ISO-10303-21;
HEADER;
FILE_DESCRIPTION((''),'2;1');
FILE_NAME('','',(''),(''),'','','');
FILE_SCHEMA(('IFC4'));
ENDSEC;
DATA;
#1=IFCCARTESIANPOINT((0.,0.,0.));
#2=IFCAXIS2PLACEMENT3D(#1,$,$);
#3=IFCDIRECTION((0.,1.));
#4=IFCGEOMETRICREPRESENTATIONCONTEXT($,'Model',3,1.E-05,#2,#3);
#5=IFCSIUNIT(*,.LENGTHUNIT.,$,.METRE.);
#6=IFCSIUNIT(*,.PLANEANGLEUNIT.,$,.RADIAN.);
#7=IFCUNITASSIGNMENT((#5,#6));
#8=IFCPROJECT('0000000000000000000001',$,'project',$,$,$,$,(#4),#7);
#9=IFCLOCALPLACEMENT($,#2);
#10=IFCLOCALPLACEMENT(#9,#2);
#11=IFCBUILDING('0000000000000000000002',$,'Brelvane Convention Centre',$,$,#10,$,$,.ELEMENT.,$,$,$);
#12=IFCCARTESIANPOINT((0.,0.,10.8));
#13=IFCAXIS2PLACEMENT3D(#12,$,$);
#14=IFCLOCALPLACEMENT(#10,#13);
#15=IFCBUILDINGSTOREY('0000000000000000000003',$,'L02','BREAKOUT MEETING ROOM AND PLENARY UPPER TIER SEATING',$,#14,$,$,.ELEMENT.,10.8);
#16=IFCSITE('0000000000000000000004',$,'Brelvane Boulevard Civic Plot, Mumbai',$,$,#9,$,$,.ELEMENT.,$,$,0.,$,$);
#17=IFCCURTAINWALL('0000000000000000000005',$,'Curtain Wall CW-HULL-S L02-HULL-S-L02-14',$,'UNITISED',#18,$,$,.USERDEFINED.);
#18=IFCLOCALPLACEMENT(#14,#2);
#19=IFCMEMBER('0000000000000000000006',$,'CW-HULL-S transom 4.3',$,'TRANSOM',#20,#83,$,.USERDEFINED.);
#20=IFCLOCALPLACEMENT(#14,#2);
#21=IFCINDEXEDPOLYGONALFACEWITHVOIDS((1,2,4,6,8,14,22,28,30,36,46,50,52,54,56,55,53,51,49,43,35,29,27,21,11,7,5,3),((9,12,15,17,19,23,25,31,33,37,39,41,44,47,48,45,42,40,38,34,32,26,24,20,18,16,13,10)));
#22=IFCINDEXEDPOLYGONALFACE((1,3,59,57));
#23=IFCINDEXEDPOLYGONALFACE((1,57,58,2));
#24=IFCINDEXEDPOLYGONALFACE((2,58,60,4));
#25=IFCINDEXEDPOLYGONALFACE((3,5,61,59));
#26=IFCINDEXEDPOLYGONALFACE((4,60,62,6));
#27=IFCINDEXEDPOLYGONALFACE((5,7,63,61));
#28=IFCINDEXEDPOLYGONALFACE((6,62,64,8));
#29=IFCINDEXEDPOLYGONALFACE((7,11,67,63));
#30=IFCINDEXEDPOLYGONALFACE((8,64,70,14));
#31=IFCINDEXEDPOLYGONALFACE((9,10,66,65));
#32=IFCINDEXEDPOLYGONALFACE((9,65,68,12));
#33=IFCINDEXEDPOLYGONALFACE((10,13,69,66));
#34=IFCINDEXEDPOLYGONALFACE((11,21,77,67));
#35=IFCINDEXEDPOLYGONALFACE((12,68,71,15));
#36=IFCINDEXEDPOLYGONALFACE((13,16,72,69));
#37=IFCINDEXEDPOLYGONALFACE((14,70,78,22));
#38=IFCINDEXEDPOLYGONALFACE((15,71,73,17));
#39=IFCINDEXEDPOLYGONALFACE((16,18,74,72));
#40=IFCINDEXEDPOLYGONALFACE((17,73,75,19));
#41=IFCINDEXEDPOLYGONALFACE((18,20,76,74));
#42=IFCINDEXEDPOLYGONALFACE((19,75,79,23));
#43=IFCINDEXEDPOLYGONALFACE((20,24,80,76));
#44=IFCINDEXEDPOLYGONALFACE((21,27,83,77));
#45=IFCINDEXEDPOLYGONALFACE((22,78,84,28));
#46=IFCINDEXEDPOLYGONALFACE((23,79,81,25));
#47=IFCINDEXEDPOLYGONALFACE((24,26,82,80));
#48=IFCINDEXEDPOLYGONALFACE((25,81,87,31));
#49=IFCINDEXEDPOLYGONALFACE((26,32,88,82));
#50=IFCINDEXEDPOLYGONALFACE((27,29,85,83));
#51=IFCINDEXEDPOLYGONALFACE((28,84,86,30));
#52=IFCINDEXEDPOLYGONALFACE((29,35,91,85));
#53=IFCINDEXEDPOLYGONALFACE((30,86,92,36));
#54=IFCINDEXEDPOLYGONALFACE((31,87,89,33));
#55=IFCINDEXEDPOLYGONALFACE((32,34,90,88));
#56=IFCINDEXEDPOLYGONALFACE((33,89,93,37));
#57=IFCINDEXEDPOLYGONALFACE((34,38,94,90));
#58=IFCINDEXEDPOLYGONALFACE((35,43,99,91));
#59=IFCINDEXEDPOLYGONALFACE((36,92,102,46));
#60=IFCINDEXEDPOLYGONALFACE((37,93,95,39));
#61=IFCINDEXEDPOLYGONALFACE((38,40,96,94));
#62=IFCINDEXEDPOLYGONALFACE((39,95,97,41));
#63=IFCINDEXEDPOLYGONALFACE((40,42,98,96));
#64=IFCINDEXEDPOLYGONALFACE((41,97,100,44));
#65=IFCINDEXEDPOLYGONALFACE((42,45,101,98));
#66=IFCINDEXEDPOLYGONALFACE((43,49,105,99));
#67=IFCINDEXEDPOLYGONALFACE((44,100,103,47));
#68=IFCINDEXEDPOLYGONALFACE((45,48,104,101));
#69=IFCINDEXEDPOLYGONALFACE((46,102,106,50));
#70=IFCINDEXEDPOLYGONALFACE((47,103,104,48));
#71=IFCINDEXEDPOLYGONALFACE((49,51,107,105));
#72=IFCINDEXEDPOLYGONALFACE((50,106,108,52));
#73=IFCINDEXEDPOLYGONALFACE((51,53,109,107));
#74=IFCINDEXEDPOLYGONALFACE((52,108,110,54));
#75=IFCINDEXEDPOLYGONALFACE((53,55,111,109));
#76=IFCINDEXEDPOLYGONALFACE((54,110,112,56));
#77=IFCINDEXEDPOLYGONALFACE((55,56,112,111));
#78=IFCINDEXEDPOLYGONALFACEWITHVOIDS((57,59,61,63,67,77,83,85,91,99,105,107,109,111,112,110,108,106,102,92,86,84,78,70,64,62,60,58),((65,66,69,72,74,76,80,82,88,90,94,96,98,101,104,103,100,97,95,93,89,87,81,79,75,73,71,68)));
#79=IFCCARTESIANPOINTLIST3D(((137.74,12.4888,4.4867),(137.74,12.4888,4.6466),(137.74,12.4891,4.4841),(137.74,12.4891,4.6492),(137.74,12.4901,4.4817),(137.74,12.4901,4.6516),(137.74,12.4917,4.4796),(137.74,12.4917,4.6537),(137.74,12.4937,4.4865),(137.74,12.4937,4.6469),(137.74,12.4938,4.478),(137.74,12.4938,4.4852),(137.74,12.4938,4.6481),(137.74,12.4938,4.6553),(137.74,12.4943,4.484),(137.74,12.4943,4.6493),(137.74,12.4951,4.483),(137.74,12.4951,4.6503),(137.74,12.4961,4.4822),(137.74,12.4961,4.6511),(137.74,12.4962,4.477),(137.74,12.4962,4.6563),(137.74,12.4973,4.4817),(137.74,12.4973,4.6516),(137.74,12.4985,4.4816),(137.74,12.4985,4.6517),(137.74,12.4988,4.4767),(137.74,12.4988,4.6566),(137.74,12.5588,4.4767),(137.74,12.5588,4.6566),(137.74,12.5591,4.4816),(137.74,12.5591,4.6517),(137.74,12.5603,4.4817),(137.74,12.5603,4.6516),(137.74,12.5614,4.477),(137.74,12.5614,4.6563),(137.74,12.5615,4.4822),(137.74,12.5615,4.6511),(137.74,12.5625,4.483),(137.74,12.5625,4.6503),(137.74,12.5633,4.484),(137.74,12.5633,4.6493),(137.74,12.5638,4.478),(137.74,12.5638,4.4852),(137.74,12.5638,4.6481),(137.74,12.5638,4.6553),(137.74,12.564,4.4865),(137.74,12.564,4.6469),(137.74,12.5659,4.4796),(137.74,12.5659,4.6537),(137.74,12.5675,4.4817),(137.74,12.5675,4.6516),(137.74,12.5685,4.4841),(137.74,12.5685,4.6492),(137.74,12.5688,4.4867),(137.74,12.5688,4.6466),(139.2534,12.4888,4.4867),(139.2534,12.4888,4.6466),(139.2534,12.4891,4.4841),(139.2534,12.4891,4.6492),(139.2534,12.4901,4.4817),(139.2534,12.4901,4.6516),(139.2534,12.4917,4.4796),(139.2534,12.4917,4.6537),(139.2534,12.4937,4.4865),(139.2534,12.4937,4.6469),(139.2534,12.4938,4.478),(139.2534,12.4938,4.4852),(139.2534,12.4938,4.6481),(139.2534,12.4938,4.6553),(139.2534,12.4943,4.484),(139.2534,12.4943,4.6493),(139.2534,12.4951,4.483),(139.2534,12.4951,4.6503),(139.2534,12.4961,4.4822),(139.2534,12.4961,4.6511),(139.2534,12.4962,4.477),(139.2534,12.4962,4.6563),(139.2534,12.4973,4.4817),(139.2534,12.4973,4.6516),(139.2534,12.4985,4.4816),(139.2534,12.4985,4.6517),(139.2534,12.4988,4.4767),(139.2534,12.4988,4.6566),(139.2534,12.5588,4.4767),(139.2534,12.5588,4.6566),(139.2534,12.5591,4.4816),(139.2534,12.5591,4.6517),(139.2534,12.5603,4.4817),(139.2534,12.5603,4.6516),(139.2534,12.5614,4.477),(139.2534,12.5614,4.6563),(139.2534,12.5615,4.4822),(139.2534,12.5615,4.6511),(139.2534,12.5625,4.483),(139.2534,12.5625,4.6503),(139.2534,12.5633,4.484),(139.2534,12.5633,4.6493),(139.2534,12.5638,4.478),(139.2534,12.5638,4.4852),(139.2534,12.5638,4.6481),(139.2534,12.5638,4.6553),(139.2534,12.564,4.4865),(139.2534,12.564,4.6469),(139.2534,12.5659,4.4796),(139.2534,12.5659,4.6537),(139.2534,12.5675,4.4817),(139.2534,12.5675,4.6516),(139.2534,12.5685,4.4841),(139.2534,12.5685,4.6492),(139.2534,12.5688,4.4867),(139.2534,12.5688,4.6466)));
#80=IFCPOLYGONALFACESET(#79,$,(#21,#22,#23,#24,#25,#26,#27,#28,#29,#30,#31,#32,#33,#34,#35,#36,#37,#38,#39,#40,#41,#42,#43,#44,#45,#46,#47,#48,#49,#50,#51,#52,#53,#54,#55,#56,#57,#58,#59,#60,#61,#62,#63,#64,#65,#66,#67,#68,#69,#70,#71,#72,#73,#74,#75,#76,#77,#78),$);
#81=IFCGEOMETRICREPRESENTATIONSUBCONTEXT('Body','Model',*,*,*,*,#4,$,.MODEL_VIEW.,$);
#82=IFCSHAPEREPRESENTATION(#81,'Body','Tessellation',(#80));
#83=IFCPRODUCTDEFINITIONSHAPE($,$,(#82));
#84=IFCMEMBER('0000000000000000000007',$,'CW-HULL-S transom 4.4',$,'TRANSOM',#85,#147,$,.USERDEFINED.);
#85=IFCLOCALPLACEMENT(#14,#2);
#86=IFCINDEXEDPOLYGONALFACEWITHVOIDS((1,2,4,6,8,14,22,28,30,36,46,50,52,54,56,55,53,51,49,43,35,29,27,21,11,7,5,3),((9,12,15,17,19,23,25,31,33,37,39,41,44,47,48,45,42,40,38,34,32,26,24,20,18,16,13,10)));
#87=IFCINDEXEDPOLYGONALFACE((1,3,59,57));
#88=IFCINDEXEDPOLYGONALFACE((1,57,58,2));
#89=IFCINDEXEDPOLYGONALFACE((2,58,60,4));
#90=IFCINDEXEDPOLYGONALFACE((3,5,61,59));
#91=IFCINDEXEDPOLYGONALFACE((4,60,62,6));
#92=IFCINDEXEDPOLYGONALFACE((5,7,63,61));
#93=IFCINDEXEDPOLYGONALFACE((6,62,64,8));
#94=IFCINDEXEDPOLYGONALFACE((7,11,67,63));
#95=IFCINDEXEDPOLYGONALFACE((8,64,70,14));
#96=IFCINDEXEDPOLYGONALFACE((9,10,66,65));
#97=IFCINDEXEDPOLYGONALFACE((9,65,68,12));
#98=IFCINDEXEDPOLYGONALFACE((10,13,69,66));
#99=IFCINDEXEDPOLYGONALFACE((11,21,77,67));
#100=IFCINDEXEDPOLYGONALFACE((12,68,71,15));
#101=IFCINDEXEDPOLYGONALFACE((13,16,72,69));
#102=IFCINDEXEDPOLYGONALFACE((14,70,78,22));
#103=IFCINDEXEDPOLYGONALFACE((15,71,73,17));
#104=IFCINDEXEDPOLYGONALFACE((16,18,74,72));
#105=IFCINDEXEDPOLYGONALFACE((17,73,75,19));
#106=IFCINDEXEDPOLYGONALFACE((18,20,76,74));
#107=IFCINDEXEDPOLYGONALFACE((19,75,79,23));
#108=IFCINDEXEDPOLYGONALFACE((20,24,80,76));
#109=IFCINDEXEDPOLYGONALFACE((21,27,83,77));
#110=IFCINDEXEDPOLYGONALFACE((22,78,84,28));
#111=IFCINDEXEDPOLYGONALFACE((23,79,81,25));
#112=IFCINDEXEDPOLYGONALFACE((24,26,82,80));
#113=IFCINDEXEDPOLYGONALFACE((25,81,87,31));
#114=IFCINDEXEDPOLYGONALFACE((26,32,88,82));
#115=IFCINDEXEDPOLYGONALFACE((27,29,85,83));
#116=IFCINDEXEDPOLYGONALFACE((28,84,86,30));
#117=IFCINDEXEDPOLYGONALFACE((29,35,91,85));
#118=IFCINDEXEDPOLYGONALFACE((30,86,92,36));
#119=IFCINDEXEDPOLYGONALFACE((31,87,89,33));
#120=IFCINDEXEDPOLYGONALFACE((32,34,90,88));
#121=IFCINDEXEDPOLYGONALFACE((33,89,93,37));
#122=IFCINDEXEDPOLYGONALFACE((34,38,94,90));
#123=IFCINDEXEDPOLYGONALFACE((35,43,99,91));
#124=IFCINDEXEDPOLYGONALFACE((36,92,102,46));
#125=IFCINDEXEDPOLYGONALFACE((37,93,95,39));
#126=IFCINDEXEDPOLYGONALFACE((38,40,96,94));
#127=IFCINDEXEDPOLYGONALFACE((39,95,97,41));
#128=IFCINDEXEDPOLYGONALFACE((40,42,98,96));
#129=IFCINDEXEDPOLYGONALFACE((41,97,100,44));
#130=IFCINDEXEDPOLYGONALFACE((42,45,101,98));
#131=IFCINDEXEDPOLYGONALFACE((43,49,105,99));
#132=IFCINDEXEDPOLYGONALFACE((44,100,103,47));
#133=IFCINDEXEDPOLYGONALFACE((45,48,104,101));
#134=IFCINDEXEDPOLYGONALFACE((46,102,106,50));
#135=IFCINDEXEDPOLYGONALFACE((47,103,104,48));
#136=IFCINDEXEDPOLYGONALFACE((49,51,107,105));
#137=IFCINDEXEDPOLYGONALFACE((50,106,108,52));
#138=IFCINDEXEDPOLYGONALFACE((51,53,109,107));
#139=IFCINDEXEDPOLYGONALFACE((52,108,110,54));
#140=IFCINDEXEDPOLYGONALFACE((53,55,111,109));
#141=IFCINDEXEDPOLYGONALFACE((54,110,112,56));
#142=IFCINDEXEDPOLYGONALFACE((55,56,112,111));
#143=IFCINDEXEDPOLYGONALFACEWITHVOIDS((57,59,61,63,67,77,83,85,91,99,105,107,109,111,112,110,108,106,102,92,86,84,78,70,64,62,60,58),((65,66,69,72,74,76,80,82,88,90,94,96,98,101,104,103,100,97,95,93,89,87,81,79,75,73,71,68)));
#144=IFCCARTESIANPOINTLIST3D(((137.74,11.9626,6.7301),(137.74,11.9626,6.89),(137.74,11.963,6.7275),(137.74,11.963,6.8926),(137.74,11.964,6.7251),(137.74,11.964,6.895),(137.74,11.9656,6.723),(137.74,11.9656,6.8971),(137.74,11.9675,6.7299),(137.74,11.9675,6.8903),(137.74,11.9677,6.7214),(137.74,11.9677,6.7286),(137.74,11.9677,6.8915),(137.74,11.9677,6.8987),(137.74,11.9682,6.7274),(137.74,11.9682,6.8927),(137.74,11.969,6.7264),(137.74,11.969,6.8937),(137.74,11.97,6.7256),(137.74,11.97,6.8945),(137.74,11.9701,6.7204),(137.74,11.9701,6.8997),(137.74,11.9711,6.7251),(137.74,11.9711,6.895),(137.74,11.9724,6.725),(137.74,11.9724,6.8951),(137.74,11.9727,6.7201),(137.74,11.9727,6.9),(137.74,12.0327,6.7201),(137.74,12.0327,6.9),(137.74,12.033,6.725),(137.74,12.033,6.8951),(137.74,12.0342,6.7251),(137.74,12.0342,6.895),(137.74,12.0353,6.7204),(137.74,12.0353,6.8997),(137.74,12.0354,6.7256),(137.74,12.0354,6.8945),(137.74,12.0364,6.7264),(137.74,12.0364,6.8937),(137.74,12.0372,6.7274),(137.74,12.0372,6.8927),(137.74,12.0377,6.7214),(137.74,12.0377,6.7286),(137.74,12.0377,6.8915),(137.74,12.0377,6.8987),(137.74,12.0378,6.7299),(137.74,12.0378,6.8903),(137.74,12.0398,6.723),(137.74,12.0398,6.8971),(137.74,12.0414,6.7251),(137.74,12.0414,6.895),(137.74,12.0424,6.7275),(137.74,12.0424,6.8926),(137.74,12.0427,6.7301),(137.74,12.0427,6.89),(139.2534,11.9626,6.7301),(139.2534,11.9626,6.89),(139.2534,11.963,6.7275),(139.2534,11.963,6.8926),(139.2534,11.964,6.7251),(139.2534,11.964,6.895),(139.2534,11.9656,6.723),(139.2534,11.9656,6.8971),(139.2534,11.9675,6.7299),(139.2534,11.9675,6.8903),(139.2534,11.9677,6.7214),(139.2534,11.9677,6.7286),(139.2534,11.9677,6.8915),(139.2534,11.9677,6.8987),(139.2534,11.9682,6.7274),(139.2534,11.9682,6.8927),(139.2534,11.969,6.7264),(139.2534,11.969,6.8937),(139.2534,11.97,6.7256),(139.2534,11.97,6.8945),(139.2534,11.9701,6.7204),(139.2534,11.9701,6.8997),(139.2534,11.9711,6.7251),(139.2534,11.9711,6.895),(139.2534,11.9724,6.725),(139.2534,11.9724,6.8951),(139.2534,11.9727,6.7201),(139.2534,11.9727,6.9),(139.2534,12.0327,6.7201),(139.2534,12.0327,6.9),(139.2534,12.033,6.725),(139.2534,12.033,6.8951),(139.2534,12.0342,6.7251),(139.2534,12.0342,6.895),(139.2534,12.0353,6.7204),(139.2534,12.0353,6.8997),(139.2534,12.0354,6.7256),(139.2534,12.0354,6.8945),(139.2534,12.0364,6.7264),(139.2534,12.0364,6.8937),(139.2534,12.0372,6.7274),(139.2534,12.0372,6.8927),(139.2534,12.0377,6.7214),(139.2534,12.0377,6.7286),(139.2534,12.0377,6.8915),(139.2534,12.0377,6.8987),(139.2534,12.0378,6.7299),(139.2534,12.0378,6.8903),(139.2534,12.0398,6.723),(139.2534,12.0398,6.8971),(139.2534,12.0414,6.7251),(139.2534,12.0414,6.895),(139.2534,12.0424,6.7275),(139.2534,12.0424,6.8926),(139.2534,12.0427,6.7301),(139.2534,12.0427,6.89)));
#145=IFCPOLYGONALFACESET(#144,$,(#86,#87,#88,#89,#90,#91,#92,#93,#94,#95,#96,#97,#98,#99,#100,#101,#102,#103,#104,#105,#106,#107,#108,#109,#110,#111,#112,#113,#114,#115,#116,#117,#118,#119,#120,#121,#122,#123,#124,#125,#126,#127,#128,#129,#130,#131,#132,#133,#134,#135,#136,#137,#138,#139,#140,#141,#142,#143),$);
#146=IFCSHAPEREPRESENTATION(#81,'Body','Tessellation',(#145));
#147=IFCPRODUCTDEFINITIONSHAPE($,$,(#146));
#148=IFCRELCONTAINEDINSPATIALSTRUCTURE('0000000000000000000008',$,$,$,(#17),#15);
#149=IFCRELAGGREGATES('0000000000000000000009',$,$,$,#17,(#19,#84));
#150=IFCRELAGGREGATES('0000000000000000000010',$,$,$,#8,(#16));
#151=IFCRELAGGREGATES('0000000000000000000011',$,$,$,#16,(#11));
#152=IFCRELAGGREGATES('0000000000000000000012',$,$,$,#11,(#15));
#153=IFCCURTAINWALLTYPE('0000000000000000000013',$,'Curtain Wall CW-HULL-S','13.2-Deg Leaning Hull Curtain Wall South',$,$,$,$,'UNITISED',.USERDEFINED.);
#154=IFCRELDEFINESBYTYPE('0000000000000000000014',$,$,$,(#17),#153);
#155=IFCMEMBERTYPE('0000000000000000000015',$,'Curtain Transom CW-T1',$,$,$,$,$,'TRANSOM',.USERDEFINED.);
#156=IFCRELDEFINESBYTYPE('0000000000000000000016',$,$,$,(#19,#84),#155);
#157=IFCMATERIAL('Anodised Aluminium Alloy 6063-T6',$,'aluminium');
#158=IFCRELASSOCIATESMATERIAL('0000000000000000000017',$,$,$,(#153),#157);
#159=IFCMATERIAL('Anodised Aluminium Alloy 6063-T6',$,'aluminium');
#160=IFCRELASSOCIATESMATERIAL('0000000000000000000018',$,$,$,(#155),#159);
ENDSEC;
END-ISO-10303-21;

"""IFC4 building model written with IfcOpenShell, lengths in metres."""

from ifc_helpers import new_model, si_unit, direction, frame, origin, origin_2d, place, context, subcontext, project, spatial, hollow_rectangle, extrude, material, material_profile, profile_set, type_object, element, aggregate, save


model = new_model("IFC4")

# Units and contexts
model_context = context("Model", 3, precision=1e-05, world=origin(), true_north=direction((0.0, 1.0)))
body_context = subcontext(model_context, "Body", "Model", "MODEL_VIEW")
ifc_project = project(units=[si_unit("LENGTHUNIT", "METRE"), si_unit("PLANEANGLEUNIT", "RADIAN")], contexts=[model_context])

# Site, building, storey
site_placement = place(None, origin())
site = spatial("IfcSite", under=ifc_project, at=site_placement, Name="Brelvane Boulevard Civic Plot, Mumbai", CompositionType="ELEMENT", RefElevation=0.0)
building_placement = place(site_placement, origin())
building = spatial("IfcBuilding", under=site, at=building_placement, Name="Brelvane Convention Centre", CompositionType="ELEMENT")
storey_placement = place(building_placement, frame((0.0, 0.0, 10.8)))
storey = spatial("IfcBuildingStorey", under=building, at=storey_placement, Name="L02", Description="BREAKOUT MEETING ROOM AND PLENARY UPPER TIER SEATING", CompositionType="ELEMENT", Elevation=10.8)

# Curtain wall, members
ifc_material_1 = material(Name="Anodised Aluminium Alloy 6063-T6", Category="aluminium")
curtain_wall_type = type_object("IfcCurtainWallType", Name="Curtain Wall CW-HULL-S", Description="13.2-Deg Leaning Hull Curtain Wall South", ElementType="UNITISED", PredefinedType="USERDEFINED", material=ifc_material_1)
curtain_wall_1_placement = place(storey_placement, origin())
curtain_wall_1 = element("IfcCurtainWall", 1, at=curtain_wall_1_placement, inside=storey, type_object=curtain_wall_type, Name="Curtain Wall CW-HULL-S L02-HULL-S-L02-14", ObjectType="UNITISED", PredefinedType="USERDEFINED")
ifc_material_2 = material(Name="Anodised Aluminium Alloy 6063-T6", Category="aluminium")
ifc_material_profile = material_profile(ifc_material_2, hollow_rectangle(XDim=0.0801, YDim=0.1799, WallThickness=0.0049, InnerFilletRadius=0.0049, OuterFilletRadius=0.01, at=origin_2d()), Name="ALU-T 180x80x5.0")
ifc_profile_set = profile_set([ifc_material_profile], Name="Anodised Aluminium Alloy 6063-T6")
member_type = type_object("IfcMemberType", Name="Curtain Transom CW-T1", ElementType="TRANSOM", PredefinedType="USERDEFINED", material=ifc_profile_set)
member_1_placement = place(storey_placement, frame((137.74, 12.5288, 4.5667), z_axis=(1.0, 0.0, 0.0), x_axis=(0.0, 1.0, 0.0)))
member_1 = element("IfcMember", 2, at=member_1_placement, type_object=member_type, Name="CW-HULL-S transom 4.3", ObjectType="TRANSOM", PredefinedType="USERDEFINED", context=body_context, shape_type="SweptSolid", body=[
    extrude(hollow_rectangle(XDim=0.0801, YDim=0.1799, WallThickness=0.0049, InnerFilletRadius=0.0049, OuterFilletRadius=0.01, at=origin_2d()), origin(), (0.0, 0.0, 1.0), 1.5134),
])
member_2_placement = place(storey_placement, frame((137.74, 12.0027, 6.8101), z_axis=(1.0, 0.0, 0.0), x_axis=(0.0, 1.0, 0.0)))
member_2 = element("IfcMember", 3, at=member_2_placement, type_object=member_type, Name="CW-HULL-S transom 4.4", ObjectType="TRANSOM", PredefinedType="USERDEFINED", context=body_context, shape_type="SweptSolid", body=[
    extrude(hollow_rectangle(XDim=0.0801, YDim=0.1799, WallThickness=0.0049, InnerFilletRadius=0.0049, OuterFilletRadius=0.01, at=origin_2d()), origin(), (0.0, 0.0, 1.0), 1.5134),
])

aggregate(curtain_wall_1, [member_1, member_2])

save(model, "model.ifc")
